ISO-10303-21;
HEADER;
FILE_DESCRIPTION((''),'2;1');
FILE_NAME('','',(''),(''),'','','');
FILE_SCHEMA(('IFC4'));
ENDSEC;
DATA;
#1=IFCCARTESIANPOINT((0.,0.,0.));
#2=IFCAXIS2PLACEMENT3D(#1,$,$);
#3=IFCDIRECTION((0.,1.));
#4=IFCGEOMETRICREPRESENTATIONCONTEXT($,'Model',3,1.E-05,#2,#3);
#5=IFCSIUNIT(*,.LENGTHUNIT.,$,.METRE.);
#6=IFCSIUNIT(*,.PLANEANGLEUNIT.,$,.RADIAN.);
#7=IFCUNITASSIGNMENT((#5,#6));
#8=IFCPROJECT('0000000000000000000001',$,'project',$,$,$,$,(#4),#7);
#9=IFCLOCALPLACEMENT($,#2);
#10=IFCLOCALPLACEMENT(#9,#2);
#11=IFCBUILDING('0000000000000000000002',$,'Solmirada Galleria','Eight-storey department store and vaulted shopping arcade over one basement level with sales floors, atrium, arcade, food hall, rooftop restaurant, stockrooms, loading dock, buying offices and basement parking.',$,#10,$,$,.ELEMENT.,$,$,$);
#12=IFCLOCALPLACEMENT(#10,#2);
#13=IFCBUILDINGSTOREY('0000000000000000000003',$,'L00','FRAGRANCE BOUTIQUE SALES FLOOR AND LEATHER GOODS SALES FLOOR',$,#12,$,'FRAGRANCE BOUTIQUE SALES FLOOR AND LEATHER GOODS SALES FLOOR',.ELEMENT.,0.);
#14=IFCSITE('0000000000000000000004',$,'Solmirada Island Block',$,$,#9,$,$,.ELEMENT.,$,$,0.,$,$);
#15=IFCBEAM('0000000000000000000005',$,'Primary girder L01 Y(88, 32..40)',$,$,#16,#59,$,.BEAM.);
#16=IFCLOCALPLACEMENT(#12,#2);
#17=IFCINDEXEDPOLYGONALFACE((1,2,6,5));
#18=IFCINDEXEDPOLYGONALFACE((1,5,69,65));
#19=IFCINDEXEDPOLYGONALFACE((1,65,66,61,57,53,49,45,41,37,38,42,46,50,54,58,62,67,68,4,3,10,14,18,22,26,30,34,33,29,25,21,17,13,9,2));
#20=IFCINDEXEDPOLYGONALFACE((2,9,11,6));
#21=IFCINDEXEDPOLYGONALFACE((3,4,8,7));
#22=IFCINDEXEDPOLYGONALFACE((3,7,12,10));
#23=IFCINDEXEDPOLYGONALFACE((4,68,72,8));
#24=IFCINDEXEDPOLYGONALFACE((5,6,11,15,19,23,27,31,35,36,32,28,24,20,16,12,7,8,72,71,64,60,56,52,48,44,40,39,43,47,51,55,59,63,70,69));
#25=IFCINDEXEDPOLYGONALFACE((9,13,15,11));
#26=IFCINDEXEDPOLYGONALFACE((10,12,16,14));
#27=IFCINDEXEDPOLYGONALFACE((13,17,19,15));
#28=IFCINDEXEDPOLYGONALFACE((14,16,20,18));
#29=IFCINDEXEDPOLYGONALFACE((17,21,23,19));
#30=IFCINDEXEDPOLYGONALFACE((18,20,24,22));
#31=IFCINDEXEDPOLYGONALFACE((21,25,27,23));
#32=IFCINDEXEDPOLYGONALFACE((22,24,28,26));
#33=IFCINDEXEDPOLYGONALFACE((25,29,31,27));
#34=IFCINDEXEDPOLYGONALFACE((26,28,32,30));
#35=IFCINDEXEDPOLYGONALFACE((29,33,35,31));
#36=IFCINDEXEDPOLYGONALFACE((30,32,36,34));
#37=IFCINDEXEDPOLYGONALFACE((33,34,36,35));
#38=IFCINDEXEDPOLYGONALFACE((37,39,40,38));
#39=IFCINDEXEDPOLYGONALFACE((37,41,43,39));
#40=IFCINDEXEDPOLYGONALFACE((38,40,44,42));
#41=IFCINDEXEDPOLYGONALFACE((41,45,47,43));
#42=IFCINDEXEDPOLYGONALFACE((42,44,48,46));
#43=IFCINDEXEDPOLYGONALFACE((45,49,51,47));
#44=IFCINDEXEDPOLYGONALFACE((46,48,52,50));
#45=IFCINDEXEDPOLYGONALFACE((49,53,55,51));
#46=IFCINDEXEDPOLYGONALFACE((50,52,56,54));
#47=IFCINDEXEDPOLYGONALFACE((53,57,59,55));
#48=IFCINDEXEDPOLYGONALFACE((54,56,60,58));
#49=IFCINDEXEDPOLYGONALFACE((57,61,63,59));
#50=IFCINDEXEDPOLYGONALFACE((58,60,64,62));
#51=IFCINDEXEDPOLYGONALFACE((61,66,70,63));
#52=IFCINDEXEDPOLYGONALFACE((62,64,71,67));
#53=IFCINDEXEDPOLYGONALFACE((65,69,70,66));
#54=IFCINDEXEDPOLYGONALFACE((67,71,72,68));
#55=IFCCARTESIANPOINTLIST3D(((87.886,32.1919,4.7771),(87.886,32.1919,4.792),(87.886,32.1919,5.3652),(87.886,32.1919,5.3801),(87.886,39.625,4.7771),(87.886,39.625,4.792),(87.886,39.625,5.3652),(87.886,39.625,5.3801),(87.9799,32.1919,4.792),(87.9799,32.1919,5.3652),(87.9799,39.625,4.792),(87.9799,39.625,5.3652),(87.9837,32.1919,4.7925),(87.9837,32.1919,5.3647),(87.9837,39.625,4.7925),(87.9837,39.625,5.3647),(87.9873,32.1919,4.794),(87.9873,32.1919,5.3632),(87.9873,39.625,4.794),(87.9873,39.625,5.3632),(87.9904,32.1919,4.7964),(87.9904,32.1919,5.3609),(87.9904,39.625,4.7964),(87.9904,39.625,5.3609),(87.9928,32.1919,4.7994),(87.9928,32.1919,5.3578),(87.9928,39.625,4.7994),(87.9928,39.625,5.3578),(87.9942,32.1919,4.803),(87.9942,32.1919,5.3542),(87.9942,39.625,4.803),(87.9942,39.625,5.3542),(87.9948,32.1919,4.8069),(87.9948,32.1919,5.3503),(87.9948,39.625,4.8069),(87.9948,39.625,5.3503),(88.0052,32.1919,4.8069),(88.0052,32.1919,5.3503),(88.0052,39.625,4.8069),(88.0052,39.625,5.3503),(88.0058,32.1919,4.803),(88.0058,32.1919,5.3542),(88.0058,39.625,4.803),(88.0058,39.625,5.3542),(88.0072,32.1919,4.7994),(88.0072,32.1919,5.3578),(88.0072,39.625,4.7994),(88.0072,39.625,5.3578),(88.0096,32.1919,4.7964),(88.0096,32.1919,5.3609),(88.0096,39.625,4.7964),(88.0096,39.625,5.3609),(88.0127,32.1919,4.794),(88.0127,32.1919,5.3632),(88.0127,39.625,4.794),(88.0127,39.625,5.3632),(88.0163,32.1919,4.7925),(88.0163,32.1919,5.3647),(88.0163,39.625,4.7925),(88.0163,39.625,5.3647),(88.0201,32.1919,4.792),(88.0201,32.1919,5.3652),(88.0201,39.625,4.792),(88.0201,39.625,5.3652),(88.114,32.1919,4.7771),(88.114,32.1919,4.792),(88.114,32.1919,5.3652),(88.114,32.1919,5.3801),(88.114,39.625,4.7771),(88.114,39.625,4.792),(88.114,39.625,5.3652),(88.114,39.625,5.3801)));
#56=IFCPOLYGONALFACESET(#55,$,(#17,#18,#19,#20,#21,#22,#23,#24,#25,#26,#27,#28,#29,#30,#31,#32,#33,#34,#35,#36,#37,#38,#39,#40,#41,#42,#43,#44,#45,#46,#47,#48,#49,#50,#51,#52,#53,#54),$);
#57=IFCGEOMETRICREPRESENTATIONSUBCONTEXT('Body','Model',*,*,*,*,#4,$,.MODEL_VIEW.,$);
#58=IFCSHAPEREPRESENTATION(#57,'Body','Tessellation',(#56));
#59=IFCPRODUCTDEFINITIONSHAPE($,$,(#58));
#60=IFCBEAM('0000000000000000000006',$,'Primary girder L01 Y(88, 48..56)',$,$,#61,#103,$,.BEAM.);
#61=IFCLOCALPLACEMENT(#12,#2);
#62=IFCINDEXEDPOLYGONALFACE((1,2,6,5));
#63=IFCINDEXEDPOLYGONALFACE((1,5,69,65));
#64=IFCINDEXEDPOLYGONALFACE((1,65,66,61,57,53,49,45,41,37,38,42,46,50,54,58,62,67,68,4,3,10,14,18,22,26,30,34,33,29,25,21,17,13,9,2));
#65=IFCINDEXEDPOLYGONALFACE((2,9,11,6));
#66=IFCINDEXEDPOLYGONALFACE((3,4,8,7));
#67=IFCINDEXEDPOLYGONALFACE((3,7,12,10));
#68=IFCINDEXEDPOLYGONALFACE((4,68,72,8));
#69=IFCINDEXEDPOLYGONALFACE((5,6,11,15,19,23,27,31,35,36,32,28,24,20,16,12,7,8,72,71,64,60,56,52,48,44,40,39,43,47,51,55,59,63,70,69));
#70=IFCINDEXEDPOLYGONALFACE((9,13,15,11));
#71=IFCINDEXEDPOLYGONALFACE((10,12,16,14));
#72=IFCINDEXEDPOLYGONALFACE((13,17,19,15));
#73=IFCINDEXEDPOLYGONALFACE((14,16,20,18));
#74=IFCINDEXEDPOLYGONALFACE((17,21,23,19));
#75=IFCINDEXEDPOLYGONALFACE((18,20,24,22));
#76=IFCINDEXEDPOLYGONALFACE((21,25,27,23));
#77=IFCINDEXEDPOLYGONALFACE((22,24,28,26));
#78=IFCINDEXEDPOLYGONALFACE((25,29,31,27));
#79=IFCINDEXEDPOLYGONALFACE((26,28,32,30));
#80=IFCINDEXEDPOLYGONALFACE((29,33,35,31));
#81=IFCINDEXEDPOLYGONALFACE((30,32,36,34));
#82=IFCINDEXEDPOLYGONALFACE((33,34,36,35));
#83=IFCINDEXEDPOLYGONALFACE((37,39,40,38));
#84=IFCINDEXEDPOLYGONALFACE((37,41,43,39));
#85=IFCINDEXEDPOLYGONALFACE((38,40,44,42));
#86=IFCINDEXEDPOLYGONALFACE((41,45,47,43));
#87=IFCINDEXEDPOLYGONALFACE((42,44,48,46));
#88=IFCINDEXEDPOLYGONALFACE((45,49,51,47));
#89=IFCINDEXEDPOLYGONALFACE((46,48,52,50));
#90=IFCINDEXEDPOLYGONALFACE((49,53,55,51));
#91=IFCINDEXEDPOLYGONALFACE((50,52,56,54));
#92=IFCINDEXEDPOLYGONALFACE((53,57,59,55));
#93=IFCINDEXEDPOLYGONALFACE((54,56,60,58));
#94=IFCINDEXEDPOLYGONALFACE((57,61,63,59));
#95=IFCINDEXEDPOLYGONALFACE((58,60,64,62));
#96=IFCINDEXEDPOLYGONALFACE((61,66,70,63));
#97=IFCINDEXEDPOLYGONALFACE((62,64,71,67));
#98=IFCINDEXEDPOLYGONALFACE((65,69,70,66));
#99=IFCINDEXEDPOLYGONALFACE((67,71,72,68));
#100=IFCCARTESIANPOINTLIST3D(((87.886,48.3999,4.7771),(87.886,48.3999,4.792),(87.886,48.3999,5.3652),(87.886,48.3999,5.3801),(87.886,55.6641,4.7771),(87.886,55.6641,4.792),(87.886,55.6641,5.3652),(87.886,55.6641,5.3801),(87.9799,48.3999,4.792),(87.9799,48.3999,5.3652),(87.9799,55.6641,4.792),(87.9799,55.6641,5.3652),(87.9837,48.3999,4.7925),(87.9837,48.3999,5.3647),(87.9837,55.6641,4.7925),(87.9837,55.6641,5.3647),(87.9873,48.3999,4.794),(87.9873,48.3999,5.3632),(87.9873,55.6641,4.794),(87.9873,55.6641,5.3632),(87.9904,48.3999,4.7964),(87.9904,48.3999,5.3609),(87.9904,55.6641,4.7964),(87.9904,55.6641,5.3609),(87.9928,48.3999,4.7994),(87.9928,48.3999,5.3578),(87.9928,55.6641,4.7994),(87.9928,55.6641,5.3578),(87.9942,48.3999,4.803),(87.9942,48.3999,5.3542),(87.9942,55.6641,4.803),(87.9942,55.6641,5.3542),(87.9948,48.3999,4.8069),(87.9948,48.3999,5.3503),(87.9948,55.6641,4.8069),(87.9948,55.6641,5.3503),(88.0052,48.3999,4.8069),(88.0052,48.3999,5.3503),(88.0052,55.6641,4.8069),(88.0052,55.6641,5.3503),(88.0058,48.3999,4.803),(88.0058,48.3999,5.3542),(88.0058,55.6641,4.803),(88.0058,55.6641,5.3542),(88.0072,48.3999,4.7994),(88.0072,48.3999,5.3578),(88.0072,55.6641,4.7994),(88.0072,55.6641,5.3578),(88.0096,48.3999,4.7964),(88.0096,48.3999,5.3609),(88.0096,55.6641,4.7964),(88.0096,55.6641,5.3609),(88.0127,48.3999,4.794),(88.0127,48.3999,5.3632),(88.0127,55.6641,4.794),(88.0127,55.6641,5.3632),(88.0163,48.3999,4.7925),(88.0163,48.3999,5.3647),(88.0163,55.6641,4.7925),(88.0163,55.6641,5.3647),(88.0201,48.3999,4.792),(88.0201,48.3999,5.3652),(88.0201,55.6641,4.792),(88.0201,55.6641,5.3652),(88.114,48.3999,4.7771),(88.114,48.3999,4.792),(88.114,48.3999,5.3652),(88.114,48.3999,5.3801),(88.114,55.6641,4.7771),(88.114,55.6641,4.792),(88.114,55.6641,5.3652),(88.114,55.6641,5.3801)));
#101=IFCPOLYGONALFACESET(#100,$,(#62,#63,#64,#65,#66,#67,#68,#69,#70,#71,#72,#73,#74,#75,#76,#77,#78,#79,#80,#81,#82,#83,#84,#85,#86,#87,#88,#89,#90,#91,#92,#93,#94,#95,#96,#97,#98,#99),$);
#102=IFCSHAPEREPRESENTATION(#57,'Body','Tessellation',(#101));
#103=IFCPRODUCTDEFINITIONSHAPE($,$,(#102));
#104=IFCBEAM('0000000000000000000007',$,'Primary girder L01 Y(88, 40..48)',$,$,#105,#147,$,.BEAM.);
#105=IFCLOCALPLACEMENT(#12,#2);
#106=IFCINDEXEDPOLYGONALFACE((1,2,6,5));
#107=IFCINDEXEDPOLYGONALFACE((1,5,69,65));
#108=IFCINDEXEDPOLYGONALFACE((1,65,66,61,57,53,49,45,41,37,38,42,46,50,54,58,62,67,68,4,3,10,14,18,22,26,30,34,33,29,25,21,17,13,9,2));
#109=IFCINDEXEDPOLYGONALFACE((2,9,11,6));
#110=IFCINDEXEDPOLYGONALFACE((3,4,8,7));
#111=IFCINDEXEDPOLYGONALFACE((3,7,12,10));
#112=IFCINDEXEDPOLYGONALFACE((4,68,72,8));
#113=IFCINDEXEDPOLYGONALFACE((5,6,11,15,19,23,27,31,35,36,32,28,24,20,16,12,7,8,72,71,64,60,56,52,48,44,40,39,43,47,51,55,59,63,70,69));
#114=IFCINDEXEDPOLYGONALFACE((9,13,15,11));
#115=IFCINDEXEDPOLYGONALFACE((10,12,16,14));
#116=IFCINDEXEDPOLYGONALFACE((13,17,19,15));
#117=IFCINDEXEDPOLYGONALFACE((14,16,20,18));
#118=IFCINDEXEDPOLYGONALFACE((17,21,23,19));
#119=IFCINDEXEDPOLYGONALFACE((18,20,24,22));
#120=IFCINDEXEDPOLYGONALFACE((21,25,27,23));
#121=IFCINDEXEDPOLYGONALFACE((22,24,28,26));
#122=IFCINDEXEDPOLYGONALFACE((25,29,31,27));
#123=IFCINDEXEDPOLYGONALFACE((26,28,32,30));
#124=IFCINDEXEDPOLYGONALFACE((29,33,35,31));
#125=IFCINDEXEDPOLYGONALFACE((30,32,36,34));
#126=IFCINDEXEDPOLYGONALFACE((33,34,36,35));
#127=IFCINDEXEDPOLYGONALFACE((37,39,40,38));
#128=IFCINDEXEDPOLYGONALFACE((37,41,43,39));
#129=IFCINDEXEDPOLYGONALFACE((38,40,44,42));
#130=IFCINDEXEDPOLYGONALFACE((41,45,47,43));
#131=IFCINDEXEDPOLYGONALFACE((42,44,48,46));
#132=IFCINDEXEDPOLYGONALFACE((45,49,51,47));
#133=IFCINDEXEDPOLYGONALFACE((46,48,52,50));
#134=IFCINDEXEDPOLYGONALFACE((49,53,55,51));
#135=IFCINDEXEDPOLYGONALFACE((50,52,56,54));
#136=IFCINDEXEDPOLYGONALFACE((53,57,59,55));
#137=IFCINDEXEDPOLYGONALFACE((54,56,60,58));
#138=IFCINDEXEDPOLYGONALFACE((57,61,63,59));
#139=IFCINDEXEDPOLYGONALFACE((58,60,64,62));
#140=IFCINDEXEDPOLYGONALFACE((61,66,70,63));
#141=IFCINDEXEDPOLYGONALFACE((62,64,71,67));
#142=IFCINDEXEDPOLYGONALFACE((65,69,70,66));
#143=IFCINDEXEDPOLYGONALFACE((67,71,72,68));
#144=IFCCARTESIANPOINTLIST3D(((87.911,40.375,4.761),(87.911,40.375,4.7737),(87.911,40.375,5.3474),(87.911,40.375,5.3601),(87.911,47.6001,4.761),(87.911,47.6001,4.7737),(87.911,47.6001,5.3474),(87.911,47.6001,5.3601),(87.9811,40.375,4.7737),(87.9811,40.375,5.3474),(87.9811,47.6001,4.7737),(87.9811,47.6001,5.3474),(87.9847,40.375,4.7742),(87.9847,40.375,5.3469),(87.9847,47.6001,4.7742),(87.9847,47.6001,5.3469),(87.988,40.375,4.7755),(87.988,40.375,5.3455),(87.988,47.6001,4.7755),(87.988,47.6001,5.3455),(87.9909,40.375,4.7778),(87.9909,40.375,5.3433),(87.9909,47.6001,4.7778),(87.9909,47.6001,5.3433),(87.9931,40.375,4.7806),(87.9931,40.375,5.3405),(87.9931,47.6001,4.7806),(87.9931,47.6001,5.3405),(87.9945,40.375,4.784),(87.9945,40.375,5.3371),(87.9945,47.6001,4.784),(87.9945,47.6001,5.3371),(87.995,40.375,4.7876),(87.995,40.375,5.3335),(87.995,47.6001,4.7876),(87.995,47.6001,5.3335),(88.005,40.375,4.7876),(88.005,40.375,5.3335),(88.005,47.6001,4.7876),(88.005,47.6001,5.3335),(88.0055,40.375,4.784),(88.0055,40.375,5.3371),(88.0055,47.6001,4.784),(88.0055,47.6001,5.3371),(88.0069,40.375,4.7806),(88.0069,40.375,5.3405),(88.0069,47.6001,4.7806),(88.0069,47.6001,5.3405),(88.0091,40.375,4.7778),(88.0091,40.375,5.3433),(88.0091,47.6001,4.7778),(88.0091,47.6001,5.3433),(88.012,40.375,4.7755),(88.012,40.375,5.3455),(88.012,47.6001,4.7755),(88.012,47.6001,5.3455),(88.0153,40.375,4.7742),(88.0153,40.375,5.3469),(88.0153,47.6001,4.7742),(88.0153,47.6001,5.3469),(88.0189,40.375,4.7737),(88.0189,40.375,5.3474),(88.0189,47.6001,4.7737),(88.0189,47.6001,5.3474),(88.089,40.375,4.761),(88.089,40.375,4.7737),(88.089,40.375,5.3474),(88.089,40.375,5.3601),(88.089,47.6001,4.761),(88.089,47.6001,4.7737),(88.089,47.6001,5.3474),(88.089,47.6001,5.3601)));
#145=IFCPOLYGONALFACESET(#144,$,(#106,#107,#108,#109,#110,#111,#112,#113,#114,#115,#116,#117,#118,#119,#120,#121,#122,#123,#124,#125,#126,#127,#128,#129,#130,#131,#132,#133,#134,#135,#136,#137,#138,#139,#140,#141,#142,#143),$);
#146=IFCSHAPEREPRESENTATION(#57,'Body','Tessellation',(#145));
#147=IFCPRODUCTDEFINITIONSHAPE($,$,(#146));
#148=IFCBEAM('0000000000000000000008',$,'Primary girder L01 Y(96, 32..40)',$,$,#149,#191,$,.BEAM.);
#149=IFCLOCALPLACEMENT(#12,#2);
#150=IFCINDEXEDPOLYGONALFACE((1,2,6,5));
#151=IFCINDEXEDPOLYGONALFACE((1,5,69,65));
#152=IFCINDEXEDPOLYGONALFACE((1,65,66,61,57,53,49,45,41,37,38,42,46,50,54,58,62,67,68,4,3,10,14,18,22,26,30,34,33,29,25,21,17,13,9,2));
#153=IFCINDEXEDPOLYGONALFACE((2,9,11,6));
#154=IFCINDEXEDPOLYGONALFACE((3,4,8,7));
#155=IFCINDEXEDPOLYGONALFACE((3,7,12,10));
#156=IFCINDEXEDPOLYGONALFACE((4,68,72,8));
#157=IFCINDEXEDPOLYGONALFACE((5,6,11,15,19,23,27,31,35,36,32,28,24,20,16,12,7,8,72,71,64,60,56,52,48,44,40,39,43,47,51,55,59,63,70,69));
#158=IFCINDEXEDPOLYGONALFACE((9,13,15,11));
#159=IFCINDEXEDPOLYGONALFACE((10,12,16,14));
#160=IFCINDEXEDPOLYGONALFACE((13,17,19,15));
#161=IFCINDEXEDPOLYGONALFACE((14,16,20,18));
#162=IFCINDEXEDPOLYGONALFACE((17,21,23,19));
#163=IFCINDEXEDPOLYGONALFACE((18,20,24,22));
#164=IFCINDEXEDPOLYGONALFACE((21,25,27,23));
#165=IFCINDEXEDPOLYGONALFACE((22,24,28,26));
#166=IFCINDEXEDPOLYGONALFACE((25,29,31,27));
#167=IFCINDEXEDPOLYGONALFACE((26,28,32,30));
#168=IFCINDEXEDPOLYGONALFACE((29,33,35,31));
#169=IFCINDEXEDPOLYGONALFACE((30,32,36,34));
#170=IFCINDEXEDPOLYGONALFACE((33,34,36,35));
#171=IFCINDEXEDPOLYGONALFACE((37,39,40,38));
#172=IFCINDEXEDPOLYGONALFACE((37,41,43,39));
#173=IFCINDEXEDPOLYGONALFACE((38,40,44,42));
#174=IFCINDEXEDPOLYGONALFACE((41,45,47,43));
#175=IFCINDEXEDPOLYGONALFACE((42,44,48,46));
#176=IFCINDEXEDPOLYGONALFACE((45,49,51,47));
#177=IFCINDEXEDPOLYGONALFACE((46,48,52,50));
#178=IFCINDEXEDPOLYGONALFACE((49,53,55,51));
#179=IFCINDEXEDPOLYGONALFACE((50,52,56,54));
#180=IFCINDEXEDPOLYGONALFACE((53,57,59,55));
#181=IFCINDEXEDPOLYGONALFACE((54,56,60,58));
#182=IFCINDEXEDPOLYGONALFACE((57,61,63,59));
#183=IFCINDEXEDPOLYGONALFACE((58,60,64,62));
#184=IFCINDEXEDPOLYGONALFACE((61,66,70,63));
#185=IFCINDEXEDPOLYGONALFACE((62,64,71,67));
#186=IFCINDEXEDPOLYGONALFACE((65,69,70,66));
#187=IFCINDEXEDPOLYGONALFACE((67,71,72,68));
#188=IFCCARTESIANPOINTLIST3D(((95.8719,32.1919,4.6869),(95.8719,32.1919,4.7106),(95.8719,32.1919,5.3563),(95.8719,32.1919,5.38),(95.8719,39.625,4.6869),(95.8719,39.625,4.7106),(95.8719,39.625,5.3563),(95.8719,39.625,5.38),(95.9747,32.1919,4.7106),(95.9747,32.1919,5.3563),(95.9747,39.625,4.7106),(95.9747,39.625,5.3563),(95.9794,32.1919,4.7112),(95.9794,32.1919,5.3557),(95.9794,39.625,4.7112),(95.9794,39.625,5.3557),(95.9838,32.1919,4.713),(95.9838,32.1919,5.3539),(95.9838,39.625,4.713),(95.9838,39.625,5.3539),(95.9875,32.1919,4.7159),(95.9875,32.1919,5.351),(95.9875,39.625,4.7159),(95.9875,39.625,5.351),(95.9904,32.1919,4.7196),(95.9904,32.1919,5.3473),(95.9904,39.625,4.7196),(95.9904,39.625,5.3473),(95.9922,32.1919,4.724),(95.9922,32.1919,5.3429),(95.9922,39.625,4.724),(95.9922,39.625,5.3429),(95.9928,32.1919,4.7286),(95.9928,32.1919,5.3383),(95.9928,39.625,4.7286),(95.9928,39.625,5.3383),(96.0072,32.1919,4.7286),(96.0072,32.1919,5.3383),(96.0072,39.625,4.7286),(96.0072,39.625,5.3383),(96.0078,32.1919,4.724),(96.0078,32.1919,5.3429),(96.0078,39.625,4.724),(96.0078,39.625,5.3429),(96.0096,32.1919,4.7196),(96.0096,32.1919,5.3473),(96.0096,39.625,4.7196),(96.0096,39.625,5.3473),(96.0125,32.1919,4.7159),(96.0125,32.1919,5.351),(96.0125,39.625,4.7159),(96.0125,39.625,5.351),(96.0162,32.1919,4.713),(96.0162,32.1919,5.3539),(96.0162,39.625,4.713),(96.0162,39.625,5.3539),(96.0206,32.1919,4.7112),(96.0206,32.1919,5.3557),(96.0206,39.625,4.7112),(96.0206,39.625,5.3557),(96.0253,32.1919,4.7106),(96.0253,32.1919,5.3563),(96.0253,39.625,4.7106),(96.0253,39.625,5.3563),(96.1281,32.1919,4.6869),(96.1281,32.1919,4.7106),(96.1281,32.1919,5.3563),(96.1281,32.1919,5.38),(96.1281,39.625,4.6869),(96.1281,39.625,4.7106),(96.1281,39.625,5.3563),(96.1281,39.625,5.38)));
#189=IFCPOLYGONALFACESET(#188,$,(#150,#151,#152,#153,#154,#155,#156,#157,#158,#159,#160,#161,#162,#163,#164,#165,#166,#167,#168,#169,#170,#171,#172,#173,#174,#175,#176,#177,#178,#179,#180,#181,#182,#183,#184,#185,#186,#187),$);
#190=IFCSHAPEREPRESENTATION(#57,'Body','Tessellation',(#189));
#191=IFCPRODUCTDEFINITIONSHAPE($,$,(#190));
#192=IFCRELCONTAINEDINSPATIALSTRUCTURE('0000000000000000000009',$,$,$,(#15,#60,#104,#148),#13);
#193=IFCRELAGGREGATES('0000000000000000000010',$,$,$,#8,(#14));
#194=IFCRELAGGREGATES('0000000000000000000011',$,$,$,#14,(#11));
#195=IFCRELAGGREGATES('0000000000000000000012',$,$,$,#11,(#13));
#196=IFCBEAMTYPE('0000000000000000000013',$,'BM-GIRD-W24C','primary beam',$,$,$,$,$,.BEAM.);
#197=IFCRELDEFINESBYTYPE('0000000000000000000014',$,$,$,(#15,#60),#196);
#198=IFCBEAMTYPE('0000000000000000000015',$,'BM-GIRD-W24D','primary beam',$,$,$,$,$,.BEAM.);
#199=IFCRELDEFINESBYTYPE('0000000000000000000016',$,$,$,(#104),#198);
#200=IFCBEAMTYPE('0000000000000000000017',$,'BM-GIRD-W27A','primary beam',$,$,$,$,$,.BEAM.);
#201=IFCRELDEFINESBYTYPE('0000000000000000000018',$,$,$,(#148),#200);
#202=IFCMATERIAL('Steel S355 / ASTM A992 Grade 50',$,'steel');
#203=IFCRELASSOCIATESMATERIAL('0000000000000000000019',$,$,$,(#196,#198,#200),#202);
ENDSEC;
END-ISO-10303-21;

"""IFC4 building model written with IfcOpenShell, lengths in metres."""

from ifc_helpers import new_model, si_unit, direction, frame, origin, origin_2d, place, context, subcontext, project, spatial, i_section, extrude, material, material_profile, profile_set, type_object, element, save


model = new_model("IFC4")

# Units and contexts
model_context = context("Model", 3, precision=1e-05, world=origin(), true_north=direction((0.0, 1.0)))
body_context = subcontext(model_context, "Body", "Model", "MODEL_VIEW")
ifc_project = project(units=[si_unit("LENGTHUNIT", "METRE"), si_unit("PLANEANGLEUNIT", "RADIAN")], contexts=[model_context])

# Site, building, storey
site_placement = place(None, origin())
site = spatial("IfcSite", under=ifc_project, at=site_placement, Name="Solmirada Island Block", CompositionType="ELEMENT", RefElevation=0.0)
building_placement = place(site_placement, origin())
building = spatial("IfcBuilding", under=site, at=building_placement, Name="Solmirada Galleria", Description="Eight-storey department store and vaulted shopping arcade over one basement level with sales floors, atrium, arcade, food hall, rooftop restaurant, stockrooms, loading dock, buying offices and basement parking.", CompositionType="ELEMENT")
storey_placement = place(building_placement, origin())
storey = spatial("IfcBuildingStorey", under=building, at=storey_placement, Name="L00", Description="FRAGRANCE BOUTIQUE SALES FLOOR AND LEATHER GOODS SALES FLOOR", LongName="FRAGRANCE BOUTIQUE SALES FLOOR AND LEATHER GOODS SALES FLOOR", CompositionType="ELEMENT", Elevation=0.0)

# Beams
ifc_material_1 = material(Name="Steel S355 / ASTM A992 Grade 50", Category="steel")
ifc_material_profile_1 = material_profile(ifc_material_1, i_section(OverallWidth=0.228, OverallDepth=0.603, WebThickness=0.0105, FlangeThickness=0.0149, FilletRadius=0.0149, at=origin_2d()), Name="W24X68")
ifc_profile_set_1 = profile_set([ifc_material_profile_1], Name="Steel S355 / ASTM A992 Grade 50")
beam_type_1 = type_object("IfcBeamType", Name="BM-GIRD-W24C", Description="primary beam", PredefinedType="BEAM", material=ifc_profile_set_1)
beam_1_placement = place(storey_placement, frame((88.0, 32.1919, 5.0786), z_axis=(0.0, 1.0, 0.0), x_axis=(-1.0, 0.0, 0.0)))
element("IfcBeam", 1, at=beam_1_placement, inside=storey, type_object=beam_type_1, Name="Primary girder L01 Y(88, 32..40)", PredefinedType="BEAM", context=body_context, shape_type="SweptSolid", body=[
    extrude(i_section(OverallWidth=0.228, OverallDepth=0.603, WebThickness=0.0105, FlangeThickness=0.0149, FilletRadius=0.0149, at=origin_2d()), origin(), (0.0, 0.0, 1.0), 7.4331),
])
beam_2_placement = place(storey_placement, frame((88.0, 48.3999, 5.0786), z_axis=(0.0, 1.0, 0.0), x_axis=(-1.0, 0.0, 0.0)))
element("IfcBeam", 2, at=beam_2_placement, inside=storey, type_object=beam_type_1, Name="Primary girder L01 Y(88, 48..56)", PredefinedType="BEAM", context=body_context, shape_type="SweptSolid", body=[
    extrude(i_section(OverallWidth=0.228, OverallDepth=0.603, WebThickness=0.0105, FlangeThickness=0.0149, FilletRadius=0.0149, at=origin_2d()), origin(), (0.0, 0.0, 1.0), 7.2642),
])
ifc_material_profile_2 = material_profile(ifc_material_1, i_section(OverallWidth=0.178, OverallDepth=0.5991, WebThickness=0.01, FlangeThickness=0.0127, FilletRadius=0.0139, at=origin_2d()), Name="W24X55")
ifc_profile_set_2 = profile_set([ifc_material_profile_2], Name="Steel S355 / ASTM A992 Grade 50")
beam_type_2 = type_object("IfcBeamType", Name="BM-GIRD-W24D", Description="primary beam", PredefinedType="BEAM", material=ifc_profile_set_2)
beam_3_placement = place(storey_placement, frame((88.0, 40.375, 5.0605), z_axis=(0.0, 1.0, 0.0), x_axis=(-1.0, 0.0, 0.0)))
element("IfcBeam", 3, at=beam_3_placement, inside=storey, type_object=beam_type_2, Name="Primary girder L01 Y(88, 40..48)", PredefinedType="BEAM", context=body_context, shape_type="SweptSolid", body=[
    extrude(i_section(OverallWidth=0.178, OverallDepth=0.5991, WebThickness=0.01, FlangeThickness=0.0127, FilletRadius=0.0139, at=origin_2d()), origin(), (0.0, 0.0, 1.0), 7.2251),
])
ifc_material_profile_3 = material_profile(ifc_material_1, i_section(OverallWidth=0.2561, OverallDepth=0.6931, WebThickness=0.0144, FlangeThickness=0.0237, FilletRadius=0.0181, at=origin_2d()), Name="W27X114")
ifc_profile_set_3 = profile_set([ifc_material_profile_3], Name="Steel S355 / ASTM A992 Grade 50")
beam_type_3 = type_object("IfcBeamType", Name="BM-GIRD-W27A", Description="primary beam", PredefinedType="BEAM", material=ifc_profile_set_3)
beam_4_placement = place(storey_placement, frame((96.0, 32.1919, 5.0334), z_axis=(0.0, 1.0, 0.0), x_axis=(-1.0, 0.0, 0.0)))
element("IfcBeam", 4, at=beam_4_placement, inside=storey, type_object=beam_type_3, Name="Primary girder L01 Y(96, 32..40)", PredefinedType="BEAM", context=body_context, shape_type="SweptSolid", body=[
    extrude(i_section(OverallWidth=0.2561, OverallDepth=0.6931, WebThickness=0.0144, FlangeThickness=0.0237, FilletRadius=0.0181, at=origin_2d()), origin(), (0.0, 0.0, 1.0), 7.4331),
])

save(model, "model.ifc")
